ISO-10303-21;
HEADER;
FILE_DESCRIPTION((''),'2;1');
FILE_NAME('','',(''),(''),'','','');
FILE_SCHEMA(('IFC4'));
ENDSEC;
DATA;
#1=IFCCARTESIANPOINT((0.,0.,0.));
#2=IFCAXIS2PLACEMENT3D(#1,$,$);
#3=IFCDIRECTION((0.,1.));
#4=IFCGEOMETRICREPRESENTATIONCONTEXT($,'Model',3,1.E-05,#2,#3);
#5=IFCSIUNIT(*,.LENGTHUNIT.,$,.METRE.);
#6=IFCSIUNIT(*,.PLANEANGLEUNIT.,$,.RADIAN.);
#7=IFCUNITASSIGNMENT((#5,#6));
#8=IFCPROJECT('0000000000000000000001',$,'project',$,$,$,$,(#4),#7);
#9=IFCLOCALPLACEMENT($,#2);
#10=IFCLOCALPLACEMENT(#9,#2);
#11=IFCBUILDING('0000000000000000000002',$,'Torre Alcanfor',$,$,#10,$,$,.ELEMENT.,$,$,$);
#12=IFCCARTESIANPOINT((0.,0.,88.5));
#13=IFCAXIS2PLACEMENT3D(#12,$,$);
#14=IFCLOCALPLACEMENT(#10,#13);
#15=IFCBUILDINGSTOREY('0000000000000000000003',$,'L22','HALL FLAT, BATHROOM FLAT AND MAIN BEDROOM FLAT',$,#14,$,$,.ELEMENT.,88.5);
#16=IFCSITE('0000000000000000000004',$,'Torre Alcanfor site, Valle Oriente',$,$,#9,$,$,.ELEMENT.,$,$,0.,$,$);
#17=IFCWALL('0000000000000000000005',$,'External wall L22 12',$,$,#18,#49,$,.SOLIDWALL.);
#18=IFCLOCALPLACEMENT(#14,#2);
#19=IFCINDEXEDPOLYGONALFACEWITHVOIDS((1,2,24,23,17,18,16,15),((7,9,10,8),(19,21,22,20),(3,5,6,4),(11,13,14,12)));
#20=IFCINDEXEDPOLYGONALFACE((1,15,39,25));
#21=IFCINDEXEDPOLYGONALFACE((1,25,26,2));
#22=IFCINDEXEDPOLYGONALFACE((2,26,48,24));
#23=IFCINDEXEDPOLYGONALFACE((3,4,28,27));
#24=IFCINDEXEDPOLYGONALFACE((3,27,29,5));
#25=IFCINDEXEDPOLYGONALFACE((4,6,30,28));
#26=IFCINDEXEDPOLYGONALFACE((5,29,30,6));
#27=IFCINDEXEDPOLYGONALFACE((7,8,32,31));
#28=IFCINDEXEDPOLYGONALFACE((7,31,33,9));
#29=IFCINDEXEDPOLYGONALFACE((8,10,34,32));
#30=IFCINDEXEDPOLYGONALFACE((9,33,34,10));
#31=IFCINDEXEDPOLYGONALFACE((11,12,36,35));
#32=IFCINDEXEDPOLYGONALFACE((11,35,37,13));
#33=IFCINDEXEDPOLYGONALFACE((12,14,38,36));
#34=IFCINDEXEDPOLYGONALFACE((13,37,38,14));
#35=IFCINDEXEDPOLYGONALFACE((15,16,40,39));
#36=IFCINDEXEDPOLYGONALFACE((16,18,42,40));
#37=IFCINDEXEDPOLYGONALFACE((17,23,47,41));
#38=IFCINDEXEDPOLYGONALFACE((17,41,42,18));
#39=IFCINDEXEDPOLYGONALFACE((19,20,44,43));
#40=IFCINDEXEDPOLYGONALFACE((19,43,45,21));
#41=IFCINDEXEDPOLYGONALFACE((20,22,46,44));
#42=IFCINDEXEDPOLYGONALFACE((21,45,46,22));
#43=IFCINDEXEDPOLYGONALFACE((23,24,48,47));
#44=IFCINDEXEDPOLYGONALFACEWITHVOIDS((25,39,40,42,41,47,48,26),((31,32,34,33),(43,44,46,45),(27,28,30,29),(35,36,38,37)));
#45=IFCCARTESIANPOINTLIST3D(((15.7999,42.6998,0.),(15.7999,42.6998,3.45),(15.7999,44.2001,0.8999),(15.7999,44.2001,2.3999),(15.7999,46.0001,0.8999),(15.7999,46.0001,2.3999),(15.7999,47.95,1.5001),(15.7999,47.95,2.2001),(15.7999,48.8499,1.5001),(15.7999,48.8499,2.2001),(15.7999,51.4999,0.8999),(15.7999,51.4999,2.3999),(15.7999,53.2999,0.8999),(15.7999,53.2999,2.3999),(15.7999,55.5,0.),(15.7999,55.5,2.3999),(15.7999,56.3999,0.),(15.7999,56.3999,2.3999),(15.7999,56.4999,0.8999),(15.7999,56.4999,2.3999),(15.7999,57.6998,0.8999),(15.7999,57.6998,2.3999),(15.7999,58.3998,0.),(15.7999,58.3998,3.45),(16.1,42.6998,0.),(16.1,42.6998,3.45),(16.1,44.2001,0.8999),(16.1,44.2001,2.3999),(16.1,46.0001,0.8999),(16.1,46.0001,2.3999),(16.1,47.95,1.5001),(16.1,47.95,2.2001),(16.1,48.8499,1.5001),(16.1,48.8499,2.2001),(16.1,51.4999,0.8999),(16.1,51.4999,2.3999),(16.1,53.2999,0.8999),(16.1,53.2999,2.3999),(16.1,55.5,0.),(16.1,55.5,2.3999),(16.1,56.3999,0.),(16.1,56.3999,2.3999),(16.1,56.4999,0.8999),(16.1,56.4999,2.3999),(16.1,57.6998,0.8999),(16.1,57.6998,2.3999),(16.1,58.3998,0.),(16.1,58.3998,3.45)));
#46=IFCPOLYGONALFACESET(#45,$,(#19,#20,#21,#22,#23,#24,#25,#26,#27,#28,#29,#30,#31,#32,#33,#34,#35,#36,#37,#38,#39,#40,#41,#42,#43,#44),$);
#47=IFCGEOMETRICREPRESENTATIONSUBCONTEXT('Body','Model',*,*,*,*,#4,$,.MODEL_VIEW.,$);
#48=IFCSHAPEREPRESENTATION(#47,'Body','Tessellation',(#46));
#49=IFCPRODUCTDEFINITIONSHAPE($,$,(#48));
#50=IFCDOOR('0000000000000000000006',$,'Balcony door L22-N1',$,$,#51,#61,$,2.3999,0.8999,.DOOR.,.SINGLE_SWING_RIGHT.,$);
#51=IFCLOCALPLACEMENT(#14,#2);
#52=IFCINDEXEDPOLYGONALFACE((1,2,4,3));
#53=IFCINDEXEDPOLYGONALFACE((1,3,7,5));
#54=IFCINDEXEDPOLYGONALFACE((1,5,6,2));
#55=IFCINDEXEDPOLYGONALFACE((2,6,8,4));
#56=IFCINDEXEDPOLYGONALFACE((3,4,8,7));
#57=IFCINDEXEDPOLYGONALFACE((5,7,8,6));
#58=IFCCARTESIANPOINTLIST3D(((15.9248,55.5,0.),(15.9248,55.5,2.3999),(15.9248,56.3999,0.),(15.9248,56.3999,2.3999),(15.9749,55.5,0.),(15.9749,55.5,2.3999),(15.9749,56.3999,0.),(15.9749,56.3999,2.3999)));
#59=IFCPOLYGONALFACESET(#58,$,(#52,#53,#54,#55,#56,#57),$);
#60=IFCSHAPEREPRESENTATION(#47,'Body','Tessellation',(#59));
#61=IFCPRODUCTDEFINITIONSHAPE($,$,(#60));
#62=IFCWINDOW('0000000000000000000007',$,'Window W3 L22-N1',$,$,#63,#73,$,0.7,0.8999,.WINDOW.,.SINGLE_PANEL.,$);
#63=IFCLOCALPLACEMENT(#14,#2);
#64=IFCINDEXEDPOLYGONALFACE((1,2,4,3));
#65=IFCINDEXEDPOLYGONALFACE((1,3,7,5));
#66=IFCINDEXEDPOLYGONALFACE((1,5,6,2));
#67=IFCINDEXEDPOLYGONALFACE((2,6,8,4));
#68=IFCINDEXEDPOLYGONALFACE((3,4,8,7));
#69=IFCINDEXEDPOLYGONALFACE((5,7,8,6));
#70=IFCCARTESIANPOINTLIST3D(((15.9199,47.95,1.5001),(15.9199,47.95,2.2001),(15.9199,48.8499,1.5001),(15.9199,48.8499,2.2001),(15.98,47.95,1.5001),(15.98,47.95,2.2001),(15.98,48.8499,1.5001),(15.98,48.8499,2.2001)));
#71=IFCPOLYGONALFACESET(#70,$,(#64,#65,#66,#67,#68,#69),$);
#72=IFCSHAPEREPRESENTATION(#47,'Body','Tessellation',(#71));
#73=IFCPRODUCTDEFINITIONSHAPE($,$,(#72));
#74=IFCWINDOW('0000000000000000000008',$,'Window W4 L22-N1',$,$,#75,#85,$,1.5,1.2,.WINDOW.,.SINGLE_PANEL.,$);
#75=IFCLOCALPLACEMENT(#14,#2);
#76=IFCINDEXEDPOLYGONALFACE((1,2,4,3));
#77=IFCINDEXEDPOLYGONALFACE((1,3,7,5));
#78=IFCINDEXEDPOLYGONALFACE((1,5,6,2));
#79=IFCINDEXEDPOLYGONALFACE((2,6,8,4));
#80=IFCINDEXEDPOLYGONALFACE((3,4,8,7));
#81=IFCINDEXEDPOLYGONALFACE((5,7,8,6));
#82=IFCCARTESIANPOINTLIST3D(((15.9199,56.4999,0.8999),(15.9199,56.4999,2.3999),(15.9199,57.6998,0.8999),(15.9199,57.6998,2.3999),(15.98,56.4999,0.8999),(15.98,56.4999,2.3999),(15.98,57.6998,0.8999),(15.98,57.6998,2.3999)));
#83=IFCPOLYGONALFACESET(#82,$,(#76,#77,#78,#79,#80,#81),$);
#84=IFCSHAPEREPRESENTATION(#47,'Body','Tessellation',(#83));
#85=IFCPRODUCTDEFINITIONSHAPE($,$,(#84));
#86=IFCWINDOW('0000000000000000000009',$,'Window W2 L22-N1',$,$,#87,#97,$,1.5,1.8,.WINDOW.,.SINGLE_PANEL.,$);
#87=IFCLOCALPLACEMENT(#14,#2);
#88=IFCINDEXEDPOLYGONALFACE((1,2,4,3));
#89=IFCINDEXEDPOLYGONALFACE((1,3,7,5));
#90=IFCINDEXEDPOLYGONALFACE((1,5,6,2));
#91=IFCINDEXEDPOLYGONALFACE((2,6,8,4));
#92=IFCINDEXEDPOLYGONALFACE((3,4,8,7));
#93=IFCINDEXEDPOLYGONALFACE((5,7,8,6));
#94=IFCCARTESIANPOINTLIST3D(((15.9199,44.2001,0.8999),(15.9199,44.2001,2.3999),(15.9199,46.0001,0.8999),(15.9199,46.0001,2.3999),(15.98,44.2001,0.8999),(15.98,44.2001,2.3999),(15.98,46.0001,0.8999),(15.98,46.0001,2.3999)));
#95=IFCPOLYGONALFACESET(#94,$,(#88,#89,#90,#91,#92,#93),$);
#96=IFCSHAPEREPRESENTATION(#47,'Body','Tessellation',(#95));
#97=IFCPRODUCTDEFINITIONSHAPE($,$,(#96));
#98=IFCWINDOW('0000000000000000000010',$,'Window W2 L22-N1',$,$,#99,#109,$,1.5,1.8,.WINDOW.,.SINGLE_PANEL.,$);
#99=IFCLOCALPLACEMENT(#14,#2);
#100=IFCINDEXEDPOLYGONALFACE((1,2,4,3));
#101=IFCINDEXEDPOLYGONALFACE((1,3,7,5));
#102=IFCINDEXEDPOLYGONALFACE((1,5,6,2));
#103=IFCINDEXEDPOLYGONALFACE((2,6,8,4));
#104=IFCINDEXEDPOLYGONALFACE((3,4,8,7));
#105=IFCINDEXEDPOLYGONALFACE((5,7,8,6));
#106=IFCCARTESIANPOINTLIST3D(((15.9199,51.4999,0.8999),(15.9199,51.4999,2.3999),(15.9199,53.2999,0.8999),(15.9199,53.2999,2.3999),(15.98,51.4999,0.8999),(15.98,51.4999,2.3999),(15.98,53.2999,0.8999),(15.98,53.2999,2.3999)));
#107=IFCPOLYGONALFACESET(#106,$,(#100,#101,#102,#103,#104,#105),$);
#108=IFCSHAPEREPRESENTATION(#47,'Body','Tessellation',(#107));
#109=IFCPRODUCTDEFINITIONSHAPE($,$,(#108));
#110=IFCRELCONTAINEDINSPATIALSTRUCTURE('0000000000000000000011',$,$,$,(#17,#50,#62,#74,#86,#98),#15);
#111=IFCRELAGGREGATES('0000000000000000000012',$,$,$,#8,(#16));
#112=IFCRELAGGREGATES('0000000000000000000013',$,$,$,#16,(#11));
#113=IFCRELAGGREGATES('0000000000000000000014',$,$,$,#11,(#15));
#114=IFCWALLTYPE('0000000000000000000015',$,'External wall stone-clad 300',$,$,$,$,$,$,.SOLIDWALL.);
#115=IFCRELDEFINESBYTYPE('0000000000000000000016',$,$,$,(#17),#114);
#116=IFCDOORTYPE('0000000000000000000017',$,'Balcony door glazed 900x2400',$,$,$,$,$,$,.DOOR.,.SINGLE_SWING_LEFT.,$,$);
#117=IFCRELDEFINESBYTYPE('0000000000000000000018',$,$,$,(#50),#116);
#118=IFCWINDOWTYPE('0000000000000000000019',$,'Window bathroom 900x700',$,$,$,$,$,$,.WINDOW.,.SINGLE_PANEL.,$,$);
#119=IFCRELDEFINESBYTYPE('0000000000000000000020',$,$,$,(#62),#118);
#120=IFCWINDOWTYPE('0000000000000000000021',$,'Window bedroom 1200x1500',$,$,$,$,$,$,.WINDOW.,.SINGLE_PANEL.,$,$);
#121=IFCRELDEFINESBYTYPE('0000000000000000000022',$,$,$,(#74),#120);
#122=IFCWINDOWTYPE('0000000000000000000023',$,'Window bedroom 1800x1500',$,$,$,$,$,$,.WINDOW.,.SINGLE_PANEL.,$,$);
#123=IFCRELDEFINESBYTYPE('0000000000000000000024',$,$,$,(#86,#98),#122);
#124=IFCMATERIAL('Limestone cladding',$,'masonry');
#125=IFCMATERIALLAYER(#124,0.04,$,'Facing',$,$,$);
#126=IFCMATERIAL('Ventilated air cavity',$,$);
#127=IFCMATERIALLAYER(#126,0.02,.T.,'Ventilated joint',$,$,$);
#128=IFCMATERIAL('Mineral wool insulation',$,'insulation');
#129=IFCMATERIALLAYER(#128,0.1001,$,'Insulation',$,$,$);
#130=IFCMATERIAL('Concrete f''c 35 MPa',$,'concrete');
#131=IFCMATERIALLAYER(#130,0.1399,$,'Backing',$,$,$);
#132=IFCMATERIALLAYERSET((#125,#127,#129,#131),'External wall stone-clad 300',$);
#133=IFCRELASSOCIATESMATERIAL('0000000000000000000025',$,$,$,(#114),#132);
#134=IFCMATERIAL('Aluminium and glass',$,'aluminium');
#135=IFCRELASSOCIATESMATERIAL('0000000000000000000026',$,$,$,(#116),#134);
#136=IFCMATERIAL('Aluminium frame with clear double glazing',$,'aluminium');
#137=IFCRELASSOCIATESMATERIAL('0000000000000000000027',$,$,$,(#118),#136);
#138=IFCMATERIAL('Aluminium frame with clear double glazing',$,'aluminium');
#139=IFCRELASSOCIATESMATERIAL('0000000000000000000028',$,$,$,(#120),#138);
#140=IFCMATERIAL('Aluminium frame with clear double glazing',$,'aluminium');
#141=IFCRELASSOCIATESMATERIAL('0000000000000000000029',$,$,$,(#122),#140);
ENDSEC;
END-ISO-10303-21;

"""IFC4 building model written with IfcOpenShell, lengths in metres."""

from ifc_helpers import new_model, si_unit, direction, frame, frame_2d, origin, place, context, subcontext, project, spatial, rectangle, extrude, material, layer, layer_set, type_object, element, fill, save


model = new_model("IFC4")

# Units and contexts
model_context = context("Model", 3, precision=1e-05, world=origin(), true_north=direction((0.0, 1.0)))
body_context = subcontext(model_context, "Body", "Model", "MODEL_VIEW")
ifc_project = project(units=[si_unit("LENGTHUNIT", "METRE"), si_unit("PLANEANGLEUNIT", "RADIAN")], contexts=[model_context])

# Site, building, storey
site_placement = place(None, origin())
site = spatial("IfcSite", under=ifc_project, at=site_placement, Name="Torre Alcanfor site, Valle Oriente", CompositionType="ELEMENT", RefElevation=0.0)
building_placement = place(site_placement, origin())
building = spatial("IfcBuilding", under=site, at=building_placement, Name="Torre Alcanfor", CompositionType="ELEMENT")
storey_placement = place(building_placement, frame((0.0, 0.0, 88.5)))
storey = spatial("IfcBuildingStorey", under=building, at=storey_placement, Name="L22", Description="HALL FLAT, BATHROOM FLAT AND MAIN BEDROOM FLAT", CompositionType="ELEMENT", Elevation=88.5)

# Wall, openings, door, windows
ifc_material_1 = material(Name="Limestone cladding", Category="masonry")
ifc_layer_1 = layer(ifc_material_1, 0.04, Name="Facing")
ifc_material_2 = material(Name="Ventilated air cavity")
ifc_layer_2 = layer(ifc_material_2, 0.02, ventilated=True, Name="Ventilated joint")
ifc_material_3 = material(Name="Mineral wool insulation", Category="insulation")
ifc_layer_3 = layer(ifc_material_3, 0.1001, Name="Insulation")
ifc_material_4 = material(Name="Concrete f'c 35 MPa", Category="concrete")
ifc_layer_4 = layer(ifc_material_4, 0.1399, Name="Backing")
ifc_layer_set_1 = layer_set([ifc_layer_1, ifc_layer_2, ifc_layer_3, ifc_layer_4], Name="External wall stone-clad 300")
wall_type_1 = type_object("IfcWallType", Name="External wall stone-clad 300", PredefinedType="SOLIDWALL", material=ifc_layer_set_1)
ifc_material_5 = material(Name="Aluminium and glass", Category="aluminium")
door_type = type_object("IfcDoorType", Name="Balcony door glazed 900x2400", OperationType="SINGLE_SWING_LEFT", PredefinedType="DOOR", material=ifc_material_5)
ifc_material_6 = material(Name="Aluminium frame with clear double glazing", Category="aluminium")
window_type_1 = type_object("IfcWindowType", Name="Window bathroom 900x700", PartitioningType="SINGLE_PANEL", PredefinedType="WINDOW", material=ifc_material_6)
ifc_material_7 = material(Name="Aluminium frame with clear double glazing", Category="aluminium")
window_type_2 = type_object("IfcWindowType", Name="Window bedroom 1200x1500", PartitioningType="SINGLE_PANEL", PredefinedType="WINDOW", material=ifc_material_7)
ifc_material_8 = material(Name="Aluminium frame with clear double glazing", Category="aluminium")
window_type_3 = type_object("IfcWindowType", Name="Window bedroom 1800x1500", PartitioningType="SINGLE_PANEL", PredefinedType="WINDOW", material=ifc_material_8)
wall_1_placement = place(storey_placement, frame((15.95, 58.3999, 0.0), z_axis=(0.0, 0.0, 1.0), x_axis=(0.0, -1.0, 0.0)))
wall_1 = element("IfcWall", 1, at=wall_1_placement, inside=storey, type_object=wall_type_1, Name="External wall L22 12", PredefinedType="SOLIDWALL", context=body_context, shape_type="SweptSolid", body=[
    extrude(rectangle(XDim=15.7, YDim=0.3, at=frame_2d((7.8501, 0.0))), origin(), (0.0, 0.0, 1.0), 3.45),
])
opening_1_placement = place(wall_1_placement, frame((12.3999, 0.0, 0.8999)))
opening_1 = element("IfcOpeningElement", 2, at=opening_1_placement, cuts=wall_1, PredefinedType="OPENING", context=body_context, shape_type="SweptSolid", body=[
    extrude(rectangle(XDim=1.8, YDim=1.5, at=frame_2d((0.8999, 0.75))), frame((0.0, 0.1599, 0.0), z_axis=(0.0, -1.0, 0.0), x_axis=(1.0, 0.0, 0.0)), (0.0, 0.0, 1.0), 0.3201),
])
opening_2_placement = place(wall_1_placement, frame((9.55, 0.0, 1.5)))
opening_2 = element("IfcOpeningElement", 3, at=opening_2_placement, cuts=wall_1, PredefinedType="OPENING", context=body_context, shape_type="SweptSolid", body=[
    extrude(rectangle(XDim=0.8999, YDim=0.7, at=frame_2d((0.45, 0.3501))), frame((0.0, 0.1599, 0.0), z_axis=(0.0, -1.0, 0.0), x_axis=(1.0, 0.0, 0.0)), (0.0, 0.0, 1.0), 0.3201),
])
opening_3_placement = place(wall_1_placement, frame((5.1001, 0.0, 0.8999)))
opening_3 = element("IfcOpeningElement", 4, at=opening_3_placement, cuts=wall_1, PredefinedType="OPENING", context=body_context, shape_type="SweptSolid", body=[
    extrude(rectangle(XDim=1.8, YDim=1.5, at=frame_2d((0.8999, 0.75))), frame((0.0, 0.1599, 0.0), z_axis=(0.0, -1.0, 0.0), x_axis=(1.0, 0.0, 0.0)), (0.0, 0.0, 1.0), 0.3201),
])
opening_4_placement = place(wall_1_placement, frame((2.0, 0.0, 0.0)))
opening_4 = element("IfcOpeningElement", 5, at=opening_4_placement, cuts=wall_1, PredefinedType="OPENING", context=body_context, shape_type="SweptSolid", body=[
    extrude(rectangle(XDim=0.8999, YDim=2.3999, at=frame_2d((0.45, 1.2))), frame((0.0, 0.1599, 0.0), z_axis=(0.0, -1.0, 0.0), x_axis=(1.0, 0.0, 0.0)), (0.0, 0.0, 1.0), 0.3201),
])
opening_5_placement = place(wall_1_placement, frame((0.7, 0.0, 0.8999)))
opening_5 = element("IfcOpeningElement", 6, at=opening_5_placement, cuts=wall_1, PredefinedType="OPENING", context=body_context, shape_type="SweptSolid", body=[
    extrude(rectangle(XDim=1.2, YDim=1.5, at=frame_2d((0.6001, 0.75))), frame((0.0, 0.1599, 0.0), z_axis=(0.0, -1.0, 0.0), x_axis=(1.0, 0.0, 0.0)), (0.0, 0.0, 1.0), 0.3201),
])
door_1_placement = place(opening_4_placement, origin())
door_1 = element("IfcDoor", 7, at=door_1_placement, inside=storey, type_object=door_type, Name="Balcony door L22-N1", OperationType="SINGLE_SWING_RIGHT", OverallHeight=2.3999, OverallWidth=0.8999, PredefinedType="DOOR", context=body_context, shape_type="SweptSolid", body=[
    extrude(rectangle(XDim=0.8999, YDim=2.3999, at=frame_2d((0.45, 1.2))), frame((0.0, 0.0249, 0.0), z_axis=(0.0, -1.0, 0.0), x_axis=(1.0, 0.0, 0.0)), (0.0, 0.0, 1.0), 0.05),
])
fill(opening_4, door_1)
window_1_placement = place(opening_2_placement, origin())
window_1 = element("IfcWindow", 8, at=window_1_placement, inside=storey, type_object=window_type_1, Name="Window W3 L22-N1", OverallHeight=0.7, OverallWidth=0.8999, PartitioningType="SINGLE_PANEL", PredefinedType="WINDOW", context=body_context, shape_type="SweptSolid", body=[
    extrude(rectangle(XDim=0.8999, YDim=0.7, at=frame_2d((0.45, 0.3501))), frame((0.0, 0.03, 0.0), z_axis=(0.0, -1.0, 0.0), x_axis=(1.0, 0.0, 0.0)), (0.0, 0.0, 1.0), 0.0601),
])
fill(opening_2, window_1)
window_2_placement = place(opening_5_placement, origin())
window_2 = element("IfcWindow", 9, at=window_2_placement, inside=storey, type_object=window_type_2, Name="Window W4 L22-N1", OverallHeight=1.5, OverallWidth=1.2, PartitioningType="SINGLE_PANEL", PredefinedType="WINDOW", context=body_context, shape_type="SweptSolid", body=[
    extrude(rectangle(XDim=1.2, YDim=1.5, at=frame_2d((0.6001, 0.75))), frame((0.0, 0.03, 0.0), z_axis=(0.0, -1.0, 0.0), x_axis=(1.0, 0.0, 0.0)), (0.0, 0.0, 1.0), 0.0601),
])
fill(opening_5, window_2)
window_3_placement = place(opening_1_placement, origin())
window_3 = element("IfcWindow", 10, at=window_3_placement, inside=storey, type_object=window_type_3, Name="Window W2 L22-N1", OverallHeight=1.5, OverallWidth=1.8, PartitioningType="SINGLE_PANEL", PredefinedType="WINDOW", context=body_context, shape_type="SweptSolid", body=[
    extrude(rectangle(XDim=1.8, YDim=1.5, at=frame_2d((0.8999, 0.75))), frame((0.0, 0.03, 0.0), z_axis=(0.0, -1.0, 0.0), x_axis=(1.0, 0.0, 0.0)), (0.0, 0.0, 1.0), 0.0601),
])
fill(opening_1, window_3)
window_4_placement = place(opening_3_placement, origin())
window_4 = element("IfcWindow", 11, at=window_4_placement, inside=storey, type_object=window_type_3, Name="Window W2 L22-N1", OverallHeight=1.5, OverallWidth=1.8, PartitioningType="SINGLE_PANEL", PredefinedType="WINDOW", context=body_context, shape_type="SweptSolid", body=[
    extrude(rectangle(XDim=1.8, YDim=1.5, at=frame_2d((0.8999, 0.75))), frame((0.0, 0.03, 0.0), z_axis=(0.0, -1.0, 0.0), x_axis=(1.0, 0.0, 0.0)), (0.0, 0.0, 1.0), 0.0601),
])
fill(opening_3, window_4)

save(model, "model.ifc")
